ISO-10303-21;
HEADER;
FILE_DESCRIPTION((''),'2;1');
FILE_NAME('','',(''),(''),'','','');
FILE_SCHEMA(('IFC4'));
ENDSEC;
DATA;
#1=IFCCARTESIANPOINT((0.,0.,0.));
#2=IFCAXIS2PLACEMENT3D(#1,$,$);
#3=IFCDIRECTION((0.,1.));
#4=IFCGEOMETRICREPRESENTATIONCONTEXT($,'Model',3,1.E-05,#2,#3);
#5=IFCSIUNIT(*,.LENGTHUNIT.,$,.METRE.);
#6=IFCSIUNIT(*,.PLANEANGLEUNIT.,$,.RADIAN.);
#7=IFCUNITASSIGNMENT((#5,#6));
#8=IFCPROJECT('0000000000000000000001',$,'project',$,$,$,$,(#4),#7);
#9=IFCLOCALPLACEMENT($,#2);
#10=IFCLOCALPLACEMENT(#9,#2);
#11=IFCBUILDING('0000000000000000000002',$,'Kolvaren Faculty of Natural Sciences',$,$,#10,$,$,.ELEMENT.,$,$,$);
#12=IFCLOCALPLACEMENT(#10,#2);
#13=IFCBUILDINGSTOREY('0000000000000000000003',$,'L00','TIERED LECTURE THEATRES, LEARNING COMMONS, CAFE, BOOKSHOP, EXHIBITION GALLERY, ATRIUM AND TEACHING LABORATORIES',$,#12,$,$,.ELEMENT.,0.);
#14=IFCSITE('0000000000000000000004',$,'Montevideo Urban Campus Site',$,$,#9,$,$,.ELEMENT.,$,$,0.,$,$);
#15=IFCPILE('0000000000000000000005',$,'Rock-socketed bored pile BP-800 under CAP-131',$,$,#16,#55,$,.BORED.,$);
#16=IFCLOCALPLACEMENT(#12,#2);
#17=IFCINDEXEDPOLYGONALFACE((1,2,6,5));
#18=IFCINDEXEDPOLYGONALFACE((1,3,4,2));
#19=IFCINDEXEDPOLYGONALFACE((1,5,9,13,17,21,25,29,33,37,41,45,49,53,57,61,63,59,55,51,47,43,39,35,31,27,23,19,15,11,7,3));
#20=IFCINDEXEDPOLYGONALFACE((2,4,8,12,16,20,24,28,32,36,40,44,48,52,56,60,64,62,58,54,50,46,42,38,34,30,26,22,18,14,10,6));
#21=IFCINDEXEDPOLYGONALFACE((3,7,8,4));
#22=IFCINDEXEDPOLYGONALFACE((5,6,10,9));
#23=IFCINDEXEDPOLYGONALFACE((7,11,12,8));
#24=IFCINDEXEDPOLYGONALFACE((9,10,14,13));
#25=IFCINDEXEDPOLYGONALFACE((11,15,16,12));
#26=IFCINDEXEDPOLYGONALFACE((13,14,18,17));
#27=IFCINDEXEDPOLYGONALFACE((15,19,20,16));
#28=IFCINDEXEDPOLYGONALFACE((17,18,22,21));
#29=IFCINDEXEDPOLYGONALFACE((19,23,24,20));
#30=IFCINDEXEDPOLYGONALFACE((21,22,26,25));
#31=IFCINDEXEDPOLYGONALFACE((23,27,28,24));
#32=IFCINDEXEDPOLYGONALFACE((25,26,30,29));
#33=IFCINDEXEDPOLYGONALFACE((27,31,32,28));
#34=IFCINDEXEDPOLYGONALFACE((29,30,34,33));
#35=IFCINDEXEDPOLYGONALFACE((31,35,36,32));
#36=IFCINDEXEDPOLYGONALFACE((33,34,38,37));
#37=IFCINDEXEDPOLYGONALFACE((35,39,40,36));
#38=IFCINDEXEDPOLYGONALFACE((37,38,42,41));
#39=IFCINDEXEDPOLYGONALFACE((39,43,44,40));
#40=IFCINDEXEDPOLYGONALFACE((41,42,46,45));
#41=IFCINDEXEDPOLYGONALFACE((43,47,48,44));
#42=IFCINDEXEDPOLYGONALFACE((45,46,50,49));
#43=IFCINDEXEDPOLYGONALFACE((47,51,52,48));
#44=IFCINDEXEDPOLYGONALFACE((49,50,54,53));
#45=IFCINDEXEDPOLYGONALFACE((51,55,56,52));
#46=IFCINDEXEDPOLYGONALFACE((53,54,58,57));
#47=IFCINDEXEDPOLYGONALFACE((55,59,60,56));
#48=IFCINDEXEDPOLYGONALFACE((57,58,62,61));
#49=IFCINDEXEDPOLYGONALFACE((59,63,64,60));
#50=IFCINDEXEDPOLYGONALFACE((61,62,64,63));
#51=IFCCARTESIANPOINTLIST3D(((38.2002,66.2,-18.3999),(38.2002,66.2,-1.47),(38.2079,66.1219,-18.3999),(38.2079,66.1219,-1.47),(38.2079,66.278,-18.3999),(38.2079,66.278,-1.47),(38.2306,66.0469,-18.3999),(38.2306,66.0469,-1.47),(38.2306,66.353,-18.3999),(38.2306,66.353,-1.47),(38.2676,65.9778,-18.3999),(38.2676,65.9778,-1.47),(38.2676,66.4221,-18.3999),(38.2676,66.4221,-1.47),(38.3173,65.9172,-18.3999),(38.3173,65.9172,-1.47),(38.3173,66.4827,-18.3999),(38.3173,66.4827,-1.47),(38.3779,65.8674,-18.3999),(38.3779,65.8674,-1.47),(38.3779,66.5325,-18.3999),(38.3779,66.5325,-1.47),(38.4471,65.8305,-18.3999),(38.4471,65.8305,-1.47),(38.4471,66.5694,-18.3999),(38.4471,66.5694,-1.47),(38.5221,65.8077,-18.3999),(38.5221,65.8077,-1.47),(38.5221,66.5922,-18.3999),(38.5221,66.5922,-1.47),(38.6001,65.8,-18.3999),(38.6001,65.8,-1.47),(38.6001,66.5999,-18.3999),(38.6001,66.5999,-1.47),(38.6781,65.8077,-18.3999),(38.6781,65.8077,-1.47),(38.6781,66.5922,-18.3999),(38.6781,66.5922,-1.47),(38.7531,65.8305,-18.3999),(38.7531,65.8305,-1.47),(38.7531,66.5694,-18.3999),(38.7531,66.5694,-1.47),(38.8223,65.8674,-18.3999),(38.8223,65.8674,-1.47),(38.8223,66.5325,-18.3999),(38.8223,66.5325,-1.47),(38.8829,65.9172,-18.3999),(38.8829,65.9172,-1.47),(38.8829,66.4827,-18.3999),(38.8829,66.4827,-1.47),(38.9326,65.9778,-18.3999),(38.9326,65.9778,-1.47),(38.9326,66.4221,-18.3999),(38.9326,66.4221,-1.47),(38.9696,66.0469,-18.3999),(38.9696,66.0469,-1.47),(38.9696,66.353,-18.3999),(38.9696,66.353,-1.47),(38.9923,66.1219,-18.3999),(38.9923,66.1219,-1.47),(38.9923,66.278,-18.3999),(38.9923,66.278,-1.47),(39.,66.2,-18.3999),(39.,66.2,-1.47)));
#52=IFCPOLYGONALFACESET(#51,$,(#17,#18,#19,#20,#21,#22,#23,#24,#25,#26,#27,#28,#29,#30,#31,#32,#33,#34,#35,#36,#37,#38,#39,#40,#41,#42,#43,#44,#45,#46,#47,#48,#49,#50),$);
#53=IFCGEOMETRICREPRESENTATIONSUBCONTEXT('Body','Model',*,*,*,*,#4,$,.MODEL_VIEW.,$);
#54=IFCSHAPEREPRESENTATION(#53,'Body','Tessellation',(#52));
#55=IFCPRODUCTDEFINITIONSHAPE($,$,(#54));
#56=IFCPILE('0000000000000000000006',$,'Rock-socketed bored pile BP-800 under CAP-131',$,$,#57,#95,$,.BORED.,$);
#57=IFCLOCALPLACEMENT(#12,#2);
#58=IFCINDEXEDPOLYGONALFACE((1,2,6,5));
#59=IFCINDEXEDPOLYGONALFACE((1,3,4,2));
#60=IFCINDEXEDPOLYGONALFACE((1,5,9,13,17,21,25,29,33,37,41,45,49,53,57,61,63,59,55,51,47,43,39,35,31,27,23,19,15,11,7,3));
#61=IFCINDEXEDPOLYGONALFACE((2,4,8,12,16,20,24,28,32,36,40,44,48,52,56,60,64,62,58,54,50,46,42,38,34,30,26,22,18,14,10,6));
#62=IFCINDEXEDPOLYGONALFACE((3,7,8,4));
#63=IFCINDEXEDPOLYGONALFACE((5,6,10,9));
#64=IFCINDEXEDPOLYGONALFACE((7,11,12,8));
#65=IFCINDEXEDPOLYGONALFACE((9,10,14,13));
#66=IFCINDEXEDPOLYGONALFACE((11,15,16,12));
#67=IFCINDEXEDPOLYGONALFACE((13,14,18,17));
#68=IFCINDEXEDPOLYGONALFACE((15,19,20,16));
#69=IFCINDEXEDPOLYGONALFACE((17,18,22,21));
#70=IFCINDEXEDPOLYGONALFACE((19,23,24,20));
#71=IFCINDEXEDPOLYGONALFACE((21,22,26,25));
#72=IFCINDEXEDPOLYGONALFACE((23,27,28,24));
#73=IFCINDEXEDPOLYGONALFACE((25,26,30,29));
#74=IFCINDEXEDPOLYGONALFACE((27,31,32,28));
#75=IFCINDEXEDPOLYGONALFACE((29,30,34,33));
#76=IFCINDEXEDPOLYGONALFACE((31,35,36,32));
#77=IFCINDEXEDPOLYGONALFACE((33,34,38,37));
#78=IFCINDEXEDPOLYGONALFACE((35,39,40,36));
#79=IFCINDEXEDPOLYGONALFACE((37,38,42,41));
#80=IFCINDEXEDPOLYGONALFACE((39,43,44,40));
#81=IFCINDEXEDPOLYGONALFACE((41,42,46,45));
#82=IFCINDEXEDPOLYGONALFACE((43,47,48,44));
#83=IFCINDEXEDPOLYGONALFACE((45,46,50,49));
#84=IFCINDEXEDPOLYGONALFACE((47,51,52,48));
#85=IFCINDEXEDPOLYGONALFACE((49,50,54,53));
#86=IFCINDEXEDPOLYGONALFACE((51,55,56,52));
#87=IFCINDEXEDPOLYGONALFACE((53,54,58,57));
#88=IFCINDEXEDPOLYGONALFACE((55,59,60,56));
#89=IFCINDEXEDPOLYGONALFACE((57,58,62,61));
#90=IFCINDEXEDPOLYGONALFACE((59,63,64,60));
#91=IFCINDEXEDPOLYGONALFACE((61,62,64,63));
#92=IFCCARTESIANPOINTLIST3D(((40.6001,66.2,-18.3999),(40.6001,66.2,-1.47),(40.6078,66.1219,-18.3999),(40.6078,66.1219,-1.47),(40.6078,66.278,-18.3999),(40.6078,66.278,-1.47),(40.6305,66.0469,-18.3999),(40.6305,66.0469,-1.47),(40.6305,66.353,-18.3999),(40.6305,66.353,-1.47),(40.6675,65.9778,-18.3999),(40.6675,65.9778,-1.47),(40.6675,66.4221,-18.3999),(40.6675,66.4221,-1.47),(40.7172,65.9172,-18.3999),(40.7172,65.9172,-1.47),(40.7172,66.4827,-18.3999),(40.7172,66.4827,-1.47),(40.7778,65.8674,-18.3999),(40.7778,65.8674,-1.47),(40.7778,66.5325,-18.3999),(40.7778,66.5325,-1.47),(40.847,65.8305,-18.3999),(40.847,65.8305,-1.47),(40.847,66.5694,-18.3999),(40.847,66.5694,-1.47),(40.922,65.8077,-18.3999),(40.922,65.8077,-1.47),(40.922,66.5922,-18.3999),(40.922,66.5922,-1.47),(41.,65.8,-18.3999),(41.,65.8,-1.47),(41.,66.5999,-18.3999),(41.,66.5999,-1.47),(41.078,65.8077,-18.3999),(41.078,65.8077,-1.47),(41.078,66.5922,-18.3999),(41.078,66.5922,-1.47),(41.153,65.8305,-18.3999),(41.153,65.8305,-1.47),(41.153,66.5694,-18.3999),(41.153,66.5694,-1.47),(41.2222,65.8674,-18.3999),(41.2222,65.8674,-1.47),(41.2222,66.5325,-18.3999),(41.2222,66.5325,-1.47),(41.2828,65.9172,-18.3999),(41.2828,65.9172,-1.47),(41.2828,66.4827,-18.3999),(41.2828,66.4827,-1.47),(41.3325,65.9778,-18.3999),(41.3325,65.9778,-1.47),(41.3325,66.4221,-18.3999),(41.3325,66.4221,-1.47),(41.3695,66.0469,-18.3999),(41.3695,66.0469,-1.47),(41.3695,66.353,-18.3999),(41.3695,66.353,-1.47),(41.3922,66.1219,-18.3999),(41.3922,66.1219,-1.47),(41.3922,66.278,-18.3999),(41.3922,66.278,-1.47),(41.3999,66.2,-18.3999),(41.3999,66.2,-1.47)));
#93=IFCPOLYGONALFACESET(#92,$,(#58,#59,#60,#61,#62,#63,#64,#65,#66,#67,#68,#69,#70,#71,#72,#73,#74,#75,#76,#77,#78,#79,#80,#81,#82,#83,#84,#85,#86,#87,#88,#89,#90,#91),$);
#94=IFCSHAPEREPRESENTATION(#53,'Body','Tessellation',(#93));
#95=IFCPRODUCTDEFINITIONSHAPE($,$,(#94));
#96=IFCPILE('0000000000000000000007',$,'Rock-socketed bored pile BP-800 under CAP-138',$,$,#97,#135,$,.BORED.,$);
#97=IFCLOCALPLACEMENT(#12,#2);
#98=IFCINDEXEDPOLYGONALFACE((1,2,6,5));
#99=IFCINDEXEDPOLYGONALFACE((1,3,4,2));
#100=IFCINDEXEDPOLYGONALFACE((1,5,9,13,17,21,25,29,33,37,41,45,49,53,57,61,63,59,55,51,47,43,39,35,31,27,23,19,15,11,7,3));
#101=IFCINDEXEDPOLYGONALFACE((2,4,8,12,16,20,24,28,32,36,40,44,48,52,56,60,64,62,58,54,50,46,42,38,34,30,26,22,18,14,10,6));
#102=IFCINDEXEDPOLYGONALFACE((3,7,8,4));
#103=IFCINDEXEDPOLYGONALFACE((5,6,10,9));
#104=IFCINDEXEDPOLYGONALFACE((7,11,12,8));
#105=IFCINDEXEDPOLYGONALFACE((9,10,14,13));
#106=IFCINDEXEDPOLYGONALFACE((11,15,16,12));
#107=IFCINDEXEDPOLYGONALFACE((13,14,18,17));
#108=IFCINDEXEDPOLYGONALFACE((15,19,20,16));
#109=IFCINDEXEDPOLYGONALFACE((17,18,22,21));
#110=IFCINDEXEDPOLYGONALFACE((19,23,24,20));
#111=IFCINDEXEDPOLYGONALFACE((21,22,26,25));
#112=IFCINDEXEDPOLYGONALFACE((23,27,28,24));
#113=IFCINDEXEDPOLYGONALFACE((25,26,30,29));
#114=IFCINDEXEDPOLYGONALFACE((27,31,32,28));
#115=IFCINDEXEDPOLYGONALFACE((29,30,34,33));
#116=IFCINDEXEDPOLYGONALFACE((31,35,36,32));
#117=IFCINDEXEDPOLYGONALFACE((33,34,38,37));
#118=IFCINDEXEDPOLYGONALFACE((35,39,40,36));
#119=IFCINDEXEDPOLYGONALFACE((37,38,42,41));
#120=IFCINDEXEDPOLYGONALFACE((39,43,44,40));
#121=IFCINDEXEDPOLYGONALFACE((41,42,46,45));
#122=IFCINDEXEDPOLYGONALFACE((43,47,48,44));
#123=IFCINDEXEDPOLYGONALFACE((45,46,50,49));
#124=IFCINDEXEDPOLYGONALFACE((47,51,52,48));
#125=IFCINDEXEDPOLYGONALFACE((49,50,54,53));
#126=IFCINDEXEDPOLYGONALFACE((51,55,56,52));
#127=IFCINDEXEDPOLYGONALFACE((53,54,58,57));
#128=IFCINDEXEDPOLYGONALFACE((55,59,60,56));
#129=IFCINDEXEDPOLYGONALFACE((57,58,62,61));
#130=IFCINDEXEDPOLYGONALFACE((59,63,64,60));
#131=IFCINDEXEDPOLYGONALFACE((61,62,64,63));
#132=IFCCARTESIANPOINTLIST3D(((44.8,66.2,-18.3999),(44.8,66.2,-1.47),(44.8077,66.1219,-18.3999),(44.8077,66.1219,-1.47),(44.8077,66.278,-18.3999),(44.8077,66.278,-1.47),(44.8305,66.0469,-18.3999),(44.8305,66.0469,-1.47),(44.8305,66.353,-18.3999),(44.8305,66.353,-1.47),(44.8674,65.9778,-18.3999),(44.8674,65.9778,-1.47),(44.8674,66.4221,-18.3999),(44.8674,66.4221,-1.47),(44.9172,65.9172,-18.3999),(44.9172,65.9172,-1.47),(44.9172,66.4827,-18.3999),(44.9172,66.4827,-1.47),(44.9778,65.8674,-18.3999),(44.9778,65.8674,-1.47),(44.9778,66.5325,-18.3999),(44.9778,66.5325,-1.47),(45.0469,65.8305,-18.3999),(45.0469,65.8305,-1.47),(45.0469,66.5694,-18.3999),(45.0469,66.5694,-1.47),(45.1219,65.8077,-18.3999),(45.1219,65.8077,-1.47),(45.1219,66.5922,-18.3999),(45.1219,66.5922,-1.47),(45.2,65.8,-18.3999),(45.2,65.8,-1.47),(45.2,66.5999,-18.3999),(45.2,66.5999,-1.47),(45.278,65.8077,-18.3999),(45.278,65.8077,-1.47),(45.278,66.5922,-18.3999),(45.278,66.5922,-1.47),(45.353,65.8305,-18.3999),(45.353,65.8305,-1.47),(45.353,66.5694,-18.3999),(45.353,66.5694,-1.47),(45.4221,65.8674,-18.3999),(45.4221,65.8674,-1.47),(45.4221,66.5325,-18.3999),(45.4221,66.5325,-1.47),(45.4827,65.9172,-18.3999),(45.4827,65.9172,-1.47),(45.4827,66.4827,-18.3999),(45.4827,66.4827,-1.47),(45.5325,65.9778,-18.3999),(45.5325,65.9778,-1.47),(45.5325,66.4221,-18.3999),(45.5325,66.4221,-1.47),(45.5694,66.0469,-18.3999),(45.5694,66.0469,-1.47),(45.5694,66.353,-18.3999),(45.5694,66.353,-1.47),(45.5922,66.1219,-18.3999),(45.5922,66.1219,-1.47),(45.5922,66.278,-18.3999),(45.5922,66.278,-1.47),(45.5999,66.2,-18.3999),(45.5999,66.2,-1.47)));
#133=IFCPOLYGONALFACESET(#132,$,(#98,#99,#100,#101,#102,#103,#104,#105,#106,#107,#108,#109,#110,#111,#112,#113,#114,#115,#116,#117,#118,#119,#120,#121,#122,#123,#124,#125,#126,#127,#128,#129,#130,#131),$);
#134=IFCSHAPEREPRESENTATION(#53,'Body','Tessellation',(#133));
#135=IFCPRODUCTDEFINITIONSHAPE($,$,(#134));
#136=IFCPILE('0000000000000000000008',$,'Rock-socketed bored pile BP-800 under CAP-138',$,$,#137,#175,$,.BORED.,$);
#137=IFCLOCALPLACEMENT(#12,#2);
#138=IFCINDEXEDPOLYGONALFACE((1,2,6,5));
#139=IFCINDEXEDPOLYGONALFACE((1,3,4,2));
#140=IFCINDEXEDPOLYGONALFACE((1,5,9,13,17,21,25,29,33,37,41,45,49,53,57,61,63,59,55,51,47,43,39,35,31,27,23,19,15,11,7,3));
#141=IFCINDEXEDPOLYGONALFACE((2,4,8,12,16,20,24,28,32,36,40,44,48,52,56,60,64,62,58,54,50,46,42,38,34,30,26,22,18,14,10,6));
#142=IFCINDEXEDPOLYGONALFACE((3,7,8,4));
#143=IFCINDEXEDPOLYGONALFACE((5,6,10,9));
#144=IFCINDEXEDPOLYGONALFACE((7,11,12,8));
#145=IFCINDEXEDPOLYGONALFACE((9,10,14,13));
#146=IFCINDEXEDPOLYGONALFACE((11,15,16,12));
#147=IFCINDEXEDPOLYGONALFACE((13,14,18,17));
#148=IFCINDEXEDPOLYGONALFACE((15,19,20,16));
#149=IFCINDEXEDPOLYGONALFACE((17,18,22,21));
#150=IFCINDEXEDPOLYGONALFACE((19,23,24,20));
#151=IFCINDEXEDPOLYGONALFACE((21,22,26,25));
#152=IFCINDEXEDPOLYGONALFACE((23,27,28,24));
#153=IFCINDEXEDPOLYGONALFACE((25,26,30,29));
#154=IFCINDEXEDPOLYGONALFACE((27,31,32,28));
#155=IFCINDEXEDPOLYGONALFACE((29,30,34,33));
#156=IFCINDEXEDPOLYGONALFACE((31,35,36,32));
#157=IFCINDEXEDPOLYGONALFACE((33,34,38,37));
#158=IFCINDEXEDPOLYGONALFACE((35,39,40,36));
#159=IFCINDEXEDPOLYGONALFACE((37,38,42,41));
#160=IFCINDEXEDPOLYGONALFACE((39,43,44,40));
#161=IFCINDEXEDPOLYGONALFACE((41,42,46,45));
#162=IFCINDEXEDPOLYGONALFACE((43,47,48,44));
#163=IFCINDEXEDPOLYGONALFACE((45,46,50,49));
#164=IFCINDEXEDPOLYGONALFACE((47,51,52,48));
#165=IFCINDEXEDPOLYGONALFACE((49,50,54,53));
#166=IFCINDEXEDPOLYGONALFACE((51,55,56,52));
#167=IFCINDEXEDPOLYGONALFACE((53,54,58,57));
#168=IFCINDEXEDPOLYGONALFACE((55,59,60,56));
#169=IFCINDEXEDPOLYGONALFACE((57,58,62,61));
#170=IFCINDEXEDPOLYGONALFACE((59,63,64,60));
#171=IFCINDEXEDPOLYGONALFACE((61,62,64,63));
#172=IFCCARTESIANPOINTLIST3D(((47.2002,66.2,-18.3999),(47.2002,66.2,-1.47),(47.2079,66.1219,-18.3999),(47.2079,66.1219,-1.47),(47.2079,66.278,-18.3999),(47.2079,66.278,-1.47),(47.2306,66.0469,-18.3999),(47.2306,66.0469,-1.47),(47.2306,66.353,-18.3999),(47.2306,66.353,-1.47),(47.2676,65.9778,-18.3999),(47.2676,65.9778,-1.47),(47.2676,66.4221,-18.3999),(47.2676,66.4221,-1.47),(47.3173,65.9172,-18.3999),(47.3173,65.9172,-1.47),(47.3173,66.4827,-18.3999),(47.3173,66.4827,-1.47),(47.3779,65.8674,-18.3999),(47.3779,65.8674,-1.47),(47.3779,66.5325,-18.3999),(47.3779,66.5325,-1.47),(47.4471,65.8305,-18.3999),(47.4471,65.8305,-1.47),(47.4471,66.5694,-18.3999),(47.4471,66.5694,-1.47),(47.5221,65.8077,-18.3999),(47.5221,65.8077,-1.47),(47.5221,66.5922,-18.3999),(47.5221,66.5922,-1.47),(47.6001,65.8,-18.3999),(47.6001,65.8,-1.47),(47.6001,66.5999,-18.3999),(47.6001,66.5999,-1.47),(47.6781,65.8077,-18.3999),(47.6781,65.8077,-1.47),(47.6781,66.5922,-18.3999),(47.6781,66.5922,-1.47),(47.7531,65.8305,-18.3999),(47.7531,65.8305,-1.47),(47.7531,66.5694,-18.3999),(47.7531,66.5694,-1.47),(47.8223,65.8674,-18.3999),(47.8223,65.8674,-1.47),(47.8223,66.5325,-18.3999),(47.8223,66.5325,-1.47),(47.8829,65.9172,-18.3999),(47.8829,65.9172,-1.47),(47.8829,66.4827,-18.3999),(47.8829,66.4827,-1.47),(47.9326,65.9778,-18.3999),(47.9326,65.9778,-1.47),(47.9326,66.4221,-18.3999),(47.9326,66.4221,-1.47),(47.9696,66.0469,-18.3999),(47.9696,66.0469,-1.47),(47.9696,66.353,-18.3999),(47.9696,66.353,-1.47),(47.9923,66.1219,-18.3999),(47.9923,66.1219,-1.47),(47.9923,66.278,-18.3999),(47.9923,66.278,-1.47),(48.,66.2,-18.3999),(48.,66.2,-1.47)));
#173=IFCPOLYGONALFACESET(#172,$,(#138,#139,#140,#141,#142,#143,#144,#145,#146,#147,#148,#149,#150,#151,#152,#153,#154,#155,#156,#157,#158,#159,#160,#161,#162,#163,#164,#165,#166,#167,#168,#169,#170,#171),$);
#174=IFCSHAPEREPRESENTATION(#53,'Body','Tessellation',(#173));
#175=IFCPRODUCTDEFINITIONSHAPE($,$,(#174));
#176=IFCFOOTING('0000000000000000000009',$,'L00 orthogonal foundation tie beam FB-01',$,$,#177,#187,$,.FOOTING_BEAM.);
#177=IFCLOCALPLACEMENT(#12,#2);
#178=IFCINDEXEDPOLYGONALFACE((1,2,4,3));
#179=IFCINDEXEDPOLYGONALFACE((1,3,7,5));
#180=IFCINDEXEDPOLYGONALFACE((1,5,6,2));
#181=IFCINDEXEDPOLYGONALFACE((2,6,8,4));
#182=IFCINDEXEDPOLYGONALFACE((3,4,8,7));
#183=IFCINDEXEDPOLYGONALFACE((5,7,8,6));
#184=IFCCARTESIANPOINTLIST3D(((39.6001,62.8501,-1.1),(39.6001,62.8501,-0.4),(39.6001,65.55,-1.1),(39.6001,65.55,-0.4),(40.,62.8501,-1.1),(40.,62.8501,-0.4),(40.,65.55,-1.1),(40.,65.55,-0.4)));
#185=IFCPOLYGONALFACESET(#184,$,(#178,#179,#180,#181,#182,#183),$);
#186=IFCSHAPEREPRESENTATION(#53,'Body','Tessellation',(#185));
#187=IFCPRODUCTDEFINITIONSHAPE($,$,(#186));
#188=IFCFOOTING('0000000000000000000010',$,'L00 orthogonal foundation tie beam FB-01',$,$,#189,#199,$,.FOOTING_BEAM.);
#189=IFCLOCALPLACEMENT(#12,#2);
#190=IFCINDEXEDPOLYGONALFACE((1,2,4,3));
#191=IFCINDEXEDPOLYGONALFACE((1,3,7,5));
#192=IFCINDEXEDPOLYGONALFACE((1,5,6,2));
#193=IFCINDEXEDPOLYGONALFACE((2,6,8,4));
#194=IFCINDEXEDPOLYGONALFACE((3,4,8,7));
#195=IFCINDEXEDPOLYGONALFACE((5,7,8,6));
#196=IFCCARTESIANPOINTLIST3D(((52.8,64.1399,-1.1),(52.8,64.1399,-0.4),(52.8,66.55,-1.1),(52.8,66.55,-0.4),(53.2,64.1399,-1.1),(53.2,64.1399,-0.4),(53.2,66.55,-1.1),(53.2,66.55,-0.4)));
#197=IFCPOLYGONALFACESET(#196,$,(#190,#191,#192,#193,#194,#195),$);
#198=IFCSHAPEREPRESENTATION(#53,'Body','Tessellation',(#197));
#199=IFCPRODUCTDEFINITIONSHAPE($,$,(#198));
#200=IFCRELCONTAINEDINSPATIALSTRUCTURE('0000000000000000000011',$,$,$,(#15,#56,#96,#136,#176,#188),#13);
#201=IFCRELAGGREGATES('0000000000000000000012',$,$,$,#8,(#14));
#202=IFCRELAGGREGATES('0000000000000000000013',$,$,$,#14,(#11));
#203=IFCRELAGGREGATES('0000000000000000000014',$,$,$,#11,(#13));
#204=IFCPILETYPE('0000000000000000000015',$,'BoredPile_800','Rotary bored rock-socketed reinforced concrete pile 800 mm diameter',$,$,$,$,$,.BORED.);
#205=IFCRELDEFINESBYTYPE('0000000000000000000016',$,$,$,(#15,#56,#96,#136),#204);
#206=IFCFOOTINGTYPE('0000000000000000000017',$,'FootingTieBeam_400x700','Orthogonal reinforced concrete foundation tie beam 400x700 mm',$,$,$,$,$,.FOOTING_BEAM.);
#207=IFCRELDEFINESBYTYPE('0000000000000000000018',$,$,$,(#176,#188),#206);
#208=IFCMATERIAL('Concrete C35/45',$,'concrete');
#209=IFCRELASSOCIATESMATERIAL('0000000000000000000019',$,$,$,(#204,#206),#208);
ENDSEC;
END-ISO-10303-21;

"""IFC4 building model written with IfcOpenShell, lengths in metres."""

from ifc_helpers import new_model, si_unit, direction, frame, origin, origin_2d, place, context, subcontext, project, spatial, rectangle, circle, extrude, material, material_profile, profile_set, type_object, element, save


model = new_model("IFC4")

# Units and contexts
model_context = context("Model", 3, precision=1e-05, world=origin(), true_north=direction((0.0, 1.0)))
body_context = subcontext(model_context, "Body", "Model", "MODEL_VIEW")
ifc_project = project(units=[si_unit("LENGTHUNIT", "METRE"), si_unit("PLANEANGLEUNIT", "RADIAN")], contexts=[model_context])

# Site, building, storey
site_placement = place(None, origin())
site = spatial("IfcSite", under=ifc_project, at=site_placement, Name="Montevideo Urban Campus Site", CompositionType="ELEMENT", RefElevation=0.0)
building_placement = place(site_placement, origin())
building = spatial("IfcBuilding", under=site, at=building_placement, Name="Kolvaren Faculty of Natural Sciences", CompositionType="ELEMENT")
storey_placement = place(building_placement, origin())
storey = spatial("IfcBuildingStorey", under=building, at=storey_placement, Name="L00", Description="TIERED LECTURE THEATRES, LEARNING COMMONS, CAFE, BOOKSHOP, EXHIBITION GALLERY, ATRIUM AND TEACHING LABORATORIES", CompositionType="ELEMENT", Elevation=0.0)

# Piles
ifc_material_1 = material(Name="Concrete C35/45", Category="concrete")
ifc_material_profile_1 = material_profile(ifc_material_1, circle(Radius=0.3999, at=origin_2d()), Name="PILE D800")
ifc_profile_set_1 = profile_set([ifc_material_profile_1], Name="Concrete C35/45")
pile_type_1 = type_object("IfcPileType", Name="BoredPile_800", Description="Rotary bored rock-socketed reinforced concrete pile 800 mm diameter", PredefinedType="BORED", material=ifc_profile_set_1)
for number, where, z_axis, x_axis, name in (
    (1, (38.6001, 66.2, -1.47), (0.0, 0.0, -1.0), (1.0, 0.0, 0.0), "Rock-socketed bored pile BP-800 under CAP-131"),
    (2, (41.0, 66.2, -1.47), (0.0, 0.0, -1.0), (1.0, 0.0, 0.0), "Rock-socketed bored pile BP-800 under CAP-131"),
    (3, (45.2, 66.2, -1.47), (0.0, 0.0, -1.0), (1.0, 0.0, 0.0), "Rock-socketed bored pile BP-800 under CAP-138"),
    (4, (47.6001, 66.2, -1.47), (0.0, 0.0, -1.0), (1.0, 0.0, 0.0), "Rock-socketed bored pile BP-800 under CAP-138"),
):
    element("IfcPile", number, at=place(storey_placement, frame(where, z_axis=z_axis, x_axis=x_axis)), inside=storey, type_object=pile_type_1, Name=name, PredefinedType="BORED", context=body_context, shape_type="SweptSolid", body=[
        extrude(circle(Radius=0.3999, at=origin_2d()), origin(), (0.0, 0.0, 1.0), 16.9299),
    ])

# Footings
ifc_material_profile_2 = material_profile(ifc_material_1, rectangle(XDim=0.3999, YDim=0.7, at=origin_2d()), Name="RC FB 400x700")
ifc_profile_set_2 = profile_set([ifc_material_profile_2], Name="Concrete C35/45")
footing_type_1 = type_object("IfcFootingType", Name="FootingTieBeam_400x700", Description="Orthogonal reinforced concrete foundation tie beam 400x700 mm", PredefinedType="FOOTING_BEAM", material=ifc_profile_set_2)
footing_1_placement = place(storey_placement, frame((39.8, 62.8501, -0.75), z_axis=(0.0, 1.0, 0.0), x_axis=(-1.0, 0.0, 0.0)))
element("IfcFooting", 5, at=footing_1_placement, inside=storey, type_object=footing_type_1, Name="L00 orthogonal foundation tie beam FB-01", PredefinedType="FOOTING_BEAM", context=body_context, shape_type="SweptSolid", body=[
    extrude(rectangle(XDim=0.3999, YDim=0.7, at=origin_2d()), origin(), (0.0, 0.0, 1.0), 2.7),
])
footing_2_placement = place(storey_placement, frame((53.0, 64.1399, -0.75), z_axis=(0.0, 1.0, 0.0), x_axis=(-1.0, 0.0, 0.0)))
element("IfcFooting", 6, at=footing_2_placement, inside=storey, type_object=footing_type_1, Name="L00 orthogonal foundation tie beam FB-01", PredefinedType="FOOTING_BEAM", context=body_context, shape_type="SweptSolid", body=[
    extrude(rectangle(XDim=0.3999, YDim=0.7, at=origin_2d()), origin(), (0.0, 0.0, 1.0), 2.4102),
])

save(model, "model.ifc")
